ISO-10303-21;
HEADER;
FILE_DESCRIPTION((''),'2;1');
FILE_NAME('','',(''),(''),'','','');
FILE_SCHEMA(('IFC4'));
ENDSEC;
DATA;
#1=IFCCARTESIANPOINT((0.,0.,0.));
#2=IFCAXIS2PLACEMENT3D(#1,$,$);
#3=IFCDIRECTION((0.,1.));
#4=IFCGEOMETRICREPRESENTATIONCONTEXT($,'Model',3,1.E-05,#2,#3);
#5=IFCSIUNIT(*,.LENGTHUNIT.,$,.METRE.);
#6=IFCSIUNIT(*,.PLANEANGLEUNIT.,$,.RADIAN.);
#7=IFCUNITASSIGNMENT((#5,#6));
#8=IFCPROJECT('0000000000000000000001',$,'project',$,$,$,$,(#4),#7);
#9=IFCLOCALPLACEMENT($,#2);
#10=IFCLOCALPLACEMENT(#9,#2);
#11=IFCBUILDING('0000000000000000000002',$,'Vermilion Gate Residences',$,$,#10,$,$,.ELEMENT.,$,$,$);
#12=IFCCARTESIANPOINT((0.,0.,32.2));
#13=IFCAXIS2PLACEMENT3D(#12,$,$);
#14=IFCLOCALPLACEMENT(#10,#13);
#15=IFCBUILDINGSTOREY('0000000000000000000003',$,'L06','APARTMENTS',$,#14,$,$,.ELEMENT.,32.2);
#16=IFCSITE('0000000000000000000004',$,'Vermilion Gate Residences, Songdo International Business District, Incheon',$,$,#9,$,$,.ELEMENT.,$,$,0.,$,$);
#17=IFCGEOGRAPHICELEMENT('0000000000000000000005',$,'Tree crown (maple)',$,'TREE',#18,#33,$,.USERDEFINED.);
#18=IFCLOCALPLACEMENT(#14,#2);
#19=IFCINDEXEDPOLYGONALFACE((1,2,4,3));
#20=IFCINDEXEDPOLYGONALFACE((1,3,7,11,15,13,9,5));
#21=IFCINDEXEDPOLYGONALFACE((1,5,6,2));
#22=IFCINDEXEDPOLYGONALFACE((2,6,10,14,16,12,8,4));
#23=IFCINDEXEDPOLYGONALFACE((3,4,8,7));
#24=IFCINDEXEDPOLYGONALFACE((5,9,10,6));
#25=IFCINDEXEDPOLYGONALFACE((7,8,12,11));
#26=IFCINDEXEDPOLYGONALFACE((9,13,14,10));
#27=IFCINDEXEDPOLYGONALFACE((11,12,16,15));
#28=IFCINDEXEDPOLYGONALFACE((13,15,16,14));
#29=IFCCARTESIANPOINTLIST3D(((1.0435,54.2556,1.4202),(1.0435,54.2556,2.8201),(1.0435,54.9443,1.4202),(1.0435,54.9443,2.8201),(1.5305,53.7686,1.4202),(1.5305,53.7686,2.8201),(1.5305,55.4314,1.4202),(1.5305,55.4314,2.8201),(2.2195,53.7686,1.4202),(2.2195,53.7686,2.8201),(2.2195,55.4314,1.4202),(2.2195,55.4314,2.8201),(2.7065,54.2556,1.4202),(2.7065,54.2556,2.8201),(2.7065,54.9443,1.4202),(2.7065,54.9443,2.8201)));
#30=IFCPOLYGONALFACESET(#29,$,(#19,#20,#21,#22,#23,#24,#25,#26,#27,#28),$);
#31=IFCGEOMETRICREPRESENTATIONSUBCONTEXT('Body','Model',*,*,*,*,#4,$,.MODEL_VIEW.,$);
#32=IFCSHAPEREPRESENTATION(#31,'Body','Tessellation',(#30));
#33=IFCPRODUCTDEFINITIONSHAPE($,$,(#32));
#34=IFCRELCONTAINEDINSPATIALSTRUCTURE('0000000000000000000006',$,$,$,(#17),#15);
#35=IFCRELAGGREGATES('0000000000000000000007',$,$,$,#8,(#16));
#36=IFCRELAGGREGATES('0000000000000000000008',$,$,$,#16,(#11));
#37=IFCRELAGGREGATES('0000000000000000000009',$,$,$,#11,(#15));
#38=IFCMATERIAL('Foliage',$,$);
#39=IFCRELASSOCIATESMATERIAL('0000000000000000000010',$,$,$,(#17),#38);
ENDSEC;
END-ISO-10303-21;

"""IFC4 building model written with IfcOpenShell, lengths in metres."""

from ifc_helpers import new_model, si_unit, direction, frame, origin, place, context, subcontext, project, spatial, polyline, outline, extrude, material, element, save


model = new_model("IFC4")

# Units and contexts
model_context = context("Model", 3, precision=1e-05, world=origin(), true_north=direction((0.0, 1.0)))
body_context = subcontext(model_context, "Body", "Model", "MODEL_VIEW")
ifc_project = project(units=[si_unit("LENGTHUNIT", "METRE"), si_unit("PLANEANGLEUNIT", "RADIAN")], contexts=[model_context])

# Site, building, storey
site_placement = place(None, origin())
site = spatial("IfcSite", under=ifc_project, at=site_placement, Name="Vermilion Gate Residences, Songdo International Business District, Incheon", CompositionType="ELEMENT", RefElevation=0.0)
building_placement = place(site_placement, origin())
building = spatial("IfcBuilding", under=site, at=building_placement, Name="Vermilion Gate Residences", CompositionType="ELEMENT")
storey_placement = place(building_placement, frame((0.0, 0.0, 32.2)))
storey = spatial("IfcBuildingStorey", under=building, at=storey_placement, Name="L06", Description="APARTMENTS", CompositionType="ELEMENT", Elevation=32.2)

# Geographic element
ifc_material_1 = material(Name="Foliage")
geographic_element_1_placement = place(storey_placement, frame((0.0, 0.0, 1.4202)))
element("IfcGeographicElement", 1, at=geographic_element_1_placement, inside=storey, material=ifc_material_1, Name="Tree crown (maple)", ObjectType="TREE", PredefinedType="USERDEFINED", context=body_context, shape_type="SweptSolid", body=[
    extrude(outline(polyline([(2.7065, 54.9443), (2.2195, 55.4314), (1.5305, 55.4314), (1.0435, 54.9443), (1.0435, 54.2556), (1.5305, 53.7686), (2.2195, 53.7686), (2.7065, 54.2556), (2.7065, 54.9443)])), origin(), (0.0, 0.0, 1.0), 1.3999),
])

save(model, "model.ifc")
